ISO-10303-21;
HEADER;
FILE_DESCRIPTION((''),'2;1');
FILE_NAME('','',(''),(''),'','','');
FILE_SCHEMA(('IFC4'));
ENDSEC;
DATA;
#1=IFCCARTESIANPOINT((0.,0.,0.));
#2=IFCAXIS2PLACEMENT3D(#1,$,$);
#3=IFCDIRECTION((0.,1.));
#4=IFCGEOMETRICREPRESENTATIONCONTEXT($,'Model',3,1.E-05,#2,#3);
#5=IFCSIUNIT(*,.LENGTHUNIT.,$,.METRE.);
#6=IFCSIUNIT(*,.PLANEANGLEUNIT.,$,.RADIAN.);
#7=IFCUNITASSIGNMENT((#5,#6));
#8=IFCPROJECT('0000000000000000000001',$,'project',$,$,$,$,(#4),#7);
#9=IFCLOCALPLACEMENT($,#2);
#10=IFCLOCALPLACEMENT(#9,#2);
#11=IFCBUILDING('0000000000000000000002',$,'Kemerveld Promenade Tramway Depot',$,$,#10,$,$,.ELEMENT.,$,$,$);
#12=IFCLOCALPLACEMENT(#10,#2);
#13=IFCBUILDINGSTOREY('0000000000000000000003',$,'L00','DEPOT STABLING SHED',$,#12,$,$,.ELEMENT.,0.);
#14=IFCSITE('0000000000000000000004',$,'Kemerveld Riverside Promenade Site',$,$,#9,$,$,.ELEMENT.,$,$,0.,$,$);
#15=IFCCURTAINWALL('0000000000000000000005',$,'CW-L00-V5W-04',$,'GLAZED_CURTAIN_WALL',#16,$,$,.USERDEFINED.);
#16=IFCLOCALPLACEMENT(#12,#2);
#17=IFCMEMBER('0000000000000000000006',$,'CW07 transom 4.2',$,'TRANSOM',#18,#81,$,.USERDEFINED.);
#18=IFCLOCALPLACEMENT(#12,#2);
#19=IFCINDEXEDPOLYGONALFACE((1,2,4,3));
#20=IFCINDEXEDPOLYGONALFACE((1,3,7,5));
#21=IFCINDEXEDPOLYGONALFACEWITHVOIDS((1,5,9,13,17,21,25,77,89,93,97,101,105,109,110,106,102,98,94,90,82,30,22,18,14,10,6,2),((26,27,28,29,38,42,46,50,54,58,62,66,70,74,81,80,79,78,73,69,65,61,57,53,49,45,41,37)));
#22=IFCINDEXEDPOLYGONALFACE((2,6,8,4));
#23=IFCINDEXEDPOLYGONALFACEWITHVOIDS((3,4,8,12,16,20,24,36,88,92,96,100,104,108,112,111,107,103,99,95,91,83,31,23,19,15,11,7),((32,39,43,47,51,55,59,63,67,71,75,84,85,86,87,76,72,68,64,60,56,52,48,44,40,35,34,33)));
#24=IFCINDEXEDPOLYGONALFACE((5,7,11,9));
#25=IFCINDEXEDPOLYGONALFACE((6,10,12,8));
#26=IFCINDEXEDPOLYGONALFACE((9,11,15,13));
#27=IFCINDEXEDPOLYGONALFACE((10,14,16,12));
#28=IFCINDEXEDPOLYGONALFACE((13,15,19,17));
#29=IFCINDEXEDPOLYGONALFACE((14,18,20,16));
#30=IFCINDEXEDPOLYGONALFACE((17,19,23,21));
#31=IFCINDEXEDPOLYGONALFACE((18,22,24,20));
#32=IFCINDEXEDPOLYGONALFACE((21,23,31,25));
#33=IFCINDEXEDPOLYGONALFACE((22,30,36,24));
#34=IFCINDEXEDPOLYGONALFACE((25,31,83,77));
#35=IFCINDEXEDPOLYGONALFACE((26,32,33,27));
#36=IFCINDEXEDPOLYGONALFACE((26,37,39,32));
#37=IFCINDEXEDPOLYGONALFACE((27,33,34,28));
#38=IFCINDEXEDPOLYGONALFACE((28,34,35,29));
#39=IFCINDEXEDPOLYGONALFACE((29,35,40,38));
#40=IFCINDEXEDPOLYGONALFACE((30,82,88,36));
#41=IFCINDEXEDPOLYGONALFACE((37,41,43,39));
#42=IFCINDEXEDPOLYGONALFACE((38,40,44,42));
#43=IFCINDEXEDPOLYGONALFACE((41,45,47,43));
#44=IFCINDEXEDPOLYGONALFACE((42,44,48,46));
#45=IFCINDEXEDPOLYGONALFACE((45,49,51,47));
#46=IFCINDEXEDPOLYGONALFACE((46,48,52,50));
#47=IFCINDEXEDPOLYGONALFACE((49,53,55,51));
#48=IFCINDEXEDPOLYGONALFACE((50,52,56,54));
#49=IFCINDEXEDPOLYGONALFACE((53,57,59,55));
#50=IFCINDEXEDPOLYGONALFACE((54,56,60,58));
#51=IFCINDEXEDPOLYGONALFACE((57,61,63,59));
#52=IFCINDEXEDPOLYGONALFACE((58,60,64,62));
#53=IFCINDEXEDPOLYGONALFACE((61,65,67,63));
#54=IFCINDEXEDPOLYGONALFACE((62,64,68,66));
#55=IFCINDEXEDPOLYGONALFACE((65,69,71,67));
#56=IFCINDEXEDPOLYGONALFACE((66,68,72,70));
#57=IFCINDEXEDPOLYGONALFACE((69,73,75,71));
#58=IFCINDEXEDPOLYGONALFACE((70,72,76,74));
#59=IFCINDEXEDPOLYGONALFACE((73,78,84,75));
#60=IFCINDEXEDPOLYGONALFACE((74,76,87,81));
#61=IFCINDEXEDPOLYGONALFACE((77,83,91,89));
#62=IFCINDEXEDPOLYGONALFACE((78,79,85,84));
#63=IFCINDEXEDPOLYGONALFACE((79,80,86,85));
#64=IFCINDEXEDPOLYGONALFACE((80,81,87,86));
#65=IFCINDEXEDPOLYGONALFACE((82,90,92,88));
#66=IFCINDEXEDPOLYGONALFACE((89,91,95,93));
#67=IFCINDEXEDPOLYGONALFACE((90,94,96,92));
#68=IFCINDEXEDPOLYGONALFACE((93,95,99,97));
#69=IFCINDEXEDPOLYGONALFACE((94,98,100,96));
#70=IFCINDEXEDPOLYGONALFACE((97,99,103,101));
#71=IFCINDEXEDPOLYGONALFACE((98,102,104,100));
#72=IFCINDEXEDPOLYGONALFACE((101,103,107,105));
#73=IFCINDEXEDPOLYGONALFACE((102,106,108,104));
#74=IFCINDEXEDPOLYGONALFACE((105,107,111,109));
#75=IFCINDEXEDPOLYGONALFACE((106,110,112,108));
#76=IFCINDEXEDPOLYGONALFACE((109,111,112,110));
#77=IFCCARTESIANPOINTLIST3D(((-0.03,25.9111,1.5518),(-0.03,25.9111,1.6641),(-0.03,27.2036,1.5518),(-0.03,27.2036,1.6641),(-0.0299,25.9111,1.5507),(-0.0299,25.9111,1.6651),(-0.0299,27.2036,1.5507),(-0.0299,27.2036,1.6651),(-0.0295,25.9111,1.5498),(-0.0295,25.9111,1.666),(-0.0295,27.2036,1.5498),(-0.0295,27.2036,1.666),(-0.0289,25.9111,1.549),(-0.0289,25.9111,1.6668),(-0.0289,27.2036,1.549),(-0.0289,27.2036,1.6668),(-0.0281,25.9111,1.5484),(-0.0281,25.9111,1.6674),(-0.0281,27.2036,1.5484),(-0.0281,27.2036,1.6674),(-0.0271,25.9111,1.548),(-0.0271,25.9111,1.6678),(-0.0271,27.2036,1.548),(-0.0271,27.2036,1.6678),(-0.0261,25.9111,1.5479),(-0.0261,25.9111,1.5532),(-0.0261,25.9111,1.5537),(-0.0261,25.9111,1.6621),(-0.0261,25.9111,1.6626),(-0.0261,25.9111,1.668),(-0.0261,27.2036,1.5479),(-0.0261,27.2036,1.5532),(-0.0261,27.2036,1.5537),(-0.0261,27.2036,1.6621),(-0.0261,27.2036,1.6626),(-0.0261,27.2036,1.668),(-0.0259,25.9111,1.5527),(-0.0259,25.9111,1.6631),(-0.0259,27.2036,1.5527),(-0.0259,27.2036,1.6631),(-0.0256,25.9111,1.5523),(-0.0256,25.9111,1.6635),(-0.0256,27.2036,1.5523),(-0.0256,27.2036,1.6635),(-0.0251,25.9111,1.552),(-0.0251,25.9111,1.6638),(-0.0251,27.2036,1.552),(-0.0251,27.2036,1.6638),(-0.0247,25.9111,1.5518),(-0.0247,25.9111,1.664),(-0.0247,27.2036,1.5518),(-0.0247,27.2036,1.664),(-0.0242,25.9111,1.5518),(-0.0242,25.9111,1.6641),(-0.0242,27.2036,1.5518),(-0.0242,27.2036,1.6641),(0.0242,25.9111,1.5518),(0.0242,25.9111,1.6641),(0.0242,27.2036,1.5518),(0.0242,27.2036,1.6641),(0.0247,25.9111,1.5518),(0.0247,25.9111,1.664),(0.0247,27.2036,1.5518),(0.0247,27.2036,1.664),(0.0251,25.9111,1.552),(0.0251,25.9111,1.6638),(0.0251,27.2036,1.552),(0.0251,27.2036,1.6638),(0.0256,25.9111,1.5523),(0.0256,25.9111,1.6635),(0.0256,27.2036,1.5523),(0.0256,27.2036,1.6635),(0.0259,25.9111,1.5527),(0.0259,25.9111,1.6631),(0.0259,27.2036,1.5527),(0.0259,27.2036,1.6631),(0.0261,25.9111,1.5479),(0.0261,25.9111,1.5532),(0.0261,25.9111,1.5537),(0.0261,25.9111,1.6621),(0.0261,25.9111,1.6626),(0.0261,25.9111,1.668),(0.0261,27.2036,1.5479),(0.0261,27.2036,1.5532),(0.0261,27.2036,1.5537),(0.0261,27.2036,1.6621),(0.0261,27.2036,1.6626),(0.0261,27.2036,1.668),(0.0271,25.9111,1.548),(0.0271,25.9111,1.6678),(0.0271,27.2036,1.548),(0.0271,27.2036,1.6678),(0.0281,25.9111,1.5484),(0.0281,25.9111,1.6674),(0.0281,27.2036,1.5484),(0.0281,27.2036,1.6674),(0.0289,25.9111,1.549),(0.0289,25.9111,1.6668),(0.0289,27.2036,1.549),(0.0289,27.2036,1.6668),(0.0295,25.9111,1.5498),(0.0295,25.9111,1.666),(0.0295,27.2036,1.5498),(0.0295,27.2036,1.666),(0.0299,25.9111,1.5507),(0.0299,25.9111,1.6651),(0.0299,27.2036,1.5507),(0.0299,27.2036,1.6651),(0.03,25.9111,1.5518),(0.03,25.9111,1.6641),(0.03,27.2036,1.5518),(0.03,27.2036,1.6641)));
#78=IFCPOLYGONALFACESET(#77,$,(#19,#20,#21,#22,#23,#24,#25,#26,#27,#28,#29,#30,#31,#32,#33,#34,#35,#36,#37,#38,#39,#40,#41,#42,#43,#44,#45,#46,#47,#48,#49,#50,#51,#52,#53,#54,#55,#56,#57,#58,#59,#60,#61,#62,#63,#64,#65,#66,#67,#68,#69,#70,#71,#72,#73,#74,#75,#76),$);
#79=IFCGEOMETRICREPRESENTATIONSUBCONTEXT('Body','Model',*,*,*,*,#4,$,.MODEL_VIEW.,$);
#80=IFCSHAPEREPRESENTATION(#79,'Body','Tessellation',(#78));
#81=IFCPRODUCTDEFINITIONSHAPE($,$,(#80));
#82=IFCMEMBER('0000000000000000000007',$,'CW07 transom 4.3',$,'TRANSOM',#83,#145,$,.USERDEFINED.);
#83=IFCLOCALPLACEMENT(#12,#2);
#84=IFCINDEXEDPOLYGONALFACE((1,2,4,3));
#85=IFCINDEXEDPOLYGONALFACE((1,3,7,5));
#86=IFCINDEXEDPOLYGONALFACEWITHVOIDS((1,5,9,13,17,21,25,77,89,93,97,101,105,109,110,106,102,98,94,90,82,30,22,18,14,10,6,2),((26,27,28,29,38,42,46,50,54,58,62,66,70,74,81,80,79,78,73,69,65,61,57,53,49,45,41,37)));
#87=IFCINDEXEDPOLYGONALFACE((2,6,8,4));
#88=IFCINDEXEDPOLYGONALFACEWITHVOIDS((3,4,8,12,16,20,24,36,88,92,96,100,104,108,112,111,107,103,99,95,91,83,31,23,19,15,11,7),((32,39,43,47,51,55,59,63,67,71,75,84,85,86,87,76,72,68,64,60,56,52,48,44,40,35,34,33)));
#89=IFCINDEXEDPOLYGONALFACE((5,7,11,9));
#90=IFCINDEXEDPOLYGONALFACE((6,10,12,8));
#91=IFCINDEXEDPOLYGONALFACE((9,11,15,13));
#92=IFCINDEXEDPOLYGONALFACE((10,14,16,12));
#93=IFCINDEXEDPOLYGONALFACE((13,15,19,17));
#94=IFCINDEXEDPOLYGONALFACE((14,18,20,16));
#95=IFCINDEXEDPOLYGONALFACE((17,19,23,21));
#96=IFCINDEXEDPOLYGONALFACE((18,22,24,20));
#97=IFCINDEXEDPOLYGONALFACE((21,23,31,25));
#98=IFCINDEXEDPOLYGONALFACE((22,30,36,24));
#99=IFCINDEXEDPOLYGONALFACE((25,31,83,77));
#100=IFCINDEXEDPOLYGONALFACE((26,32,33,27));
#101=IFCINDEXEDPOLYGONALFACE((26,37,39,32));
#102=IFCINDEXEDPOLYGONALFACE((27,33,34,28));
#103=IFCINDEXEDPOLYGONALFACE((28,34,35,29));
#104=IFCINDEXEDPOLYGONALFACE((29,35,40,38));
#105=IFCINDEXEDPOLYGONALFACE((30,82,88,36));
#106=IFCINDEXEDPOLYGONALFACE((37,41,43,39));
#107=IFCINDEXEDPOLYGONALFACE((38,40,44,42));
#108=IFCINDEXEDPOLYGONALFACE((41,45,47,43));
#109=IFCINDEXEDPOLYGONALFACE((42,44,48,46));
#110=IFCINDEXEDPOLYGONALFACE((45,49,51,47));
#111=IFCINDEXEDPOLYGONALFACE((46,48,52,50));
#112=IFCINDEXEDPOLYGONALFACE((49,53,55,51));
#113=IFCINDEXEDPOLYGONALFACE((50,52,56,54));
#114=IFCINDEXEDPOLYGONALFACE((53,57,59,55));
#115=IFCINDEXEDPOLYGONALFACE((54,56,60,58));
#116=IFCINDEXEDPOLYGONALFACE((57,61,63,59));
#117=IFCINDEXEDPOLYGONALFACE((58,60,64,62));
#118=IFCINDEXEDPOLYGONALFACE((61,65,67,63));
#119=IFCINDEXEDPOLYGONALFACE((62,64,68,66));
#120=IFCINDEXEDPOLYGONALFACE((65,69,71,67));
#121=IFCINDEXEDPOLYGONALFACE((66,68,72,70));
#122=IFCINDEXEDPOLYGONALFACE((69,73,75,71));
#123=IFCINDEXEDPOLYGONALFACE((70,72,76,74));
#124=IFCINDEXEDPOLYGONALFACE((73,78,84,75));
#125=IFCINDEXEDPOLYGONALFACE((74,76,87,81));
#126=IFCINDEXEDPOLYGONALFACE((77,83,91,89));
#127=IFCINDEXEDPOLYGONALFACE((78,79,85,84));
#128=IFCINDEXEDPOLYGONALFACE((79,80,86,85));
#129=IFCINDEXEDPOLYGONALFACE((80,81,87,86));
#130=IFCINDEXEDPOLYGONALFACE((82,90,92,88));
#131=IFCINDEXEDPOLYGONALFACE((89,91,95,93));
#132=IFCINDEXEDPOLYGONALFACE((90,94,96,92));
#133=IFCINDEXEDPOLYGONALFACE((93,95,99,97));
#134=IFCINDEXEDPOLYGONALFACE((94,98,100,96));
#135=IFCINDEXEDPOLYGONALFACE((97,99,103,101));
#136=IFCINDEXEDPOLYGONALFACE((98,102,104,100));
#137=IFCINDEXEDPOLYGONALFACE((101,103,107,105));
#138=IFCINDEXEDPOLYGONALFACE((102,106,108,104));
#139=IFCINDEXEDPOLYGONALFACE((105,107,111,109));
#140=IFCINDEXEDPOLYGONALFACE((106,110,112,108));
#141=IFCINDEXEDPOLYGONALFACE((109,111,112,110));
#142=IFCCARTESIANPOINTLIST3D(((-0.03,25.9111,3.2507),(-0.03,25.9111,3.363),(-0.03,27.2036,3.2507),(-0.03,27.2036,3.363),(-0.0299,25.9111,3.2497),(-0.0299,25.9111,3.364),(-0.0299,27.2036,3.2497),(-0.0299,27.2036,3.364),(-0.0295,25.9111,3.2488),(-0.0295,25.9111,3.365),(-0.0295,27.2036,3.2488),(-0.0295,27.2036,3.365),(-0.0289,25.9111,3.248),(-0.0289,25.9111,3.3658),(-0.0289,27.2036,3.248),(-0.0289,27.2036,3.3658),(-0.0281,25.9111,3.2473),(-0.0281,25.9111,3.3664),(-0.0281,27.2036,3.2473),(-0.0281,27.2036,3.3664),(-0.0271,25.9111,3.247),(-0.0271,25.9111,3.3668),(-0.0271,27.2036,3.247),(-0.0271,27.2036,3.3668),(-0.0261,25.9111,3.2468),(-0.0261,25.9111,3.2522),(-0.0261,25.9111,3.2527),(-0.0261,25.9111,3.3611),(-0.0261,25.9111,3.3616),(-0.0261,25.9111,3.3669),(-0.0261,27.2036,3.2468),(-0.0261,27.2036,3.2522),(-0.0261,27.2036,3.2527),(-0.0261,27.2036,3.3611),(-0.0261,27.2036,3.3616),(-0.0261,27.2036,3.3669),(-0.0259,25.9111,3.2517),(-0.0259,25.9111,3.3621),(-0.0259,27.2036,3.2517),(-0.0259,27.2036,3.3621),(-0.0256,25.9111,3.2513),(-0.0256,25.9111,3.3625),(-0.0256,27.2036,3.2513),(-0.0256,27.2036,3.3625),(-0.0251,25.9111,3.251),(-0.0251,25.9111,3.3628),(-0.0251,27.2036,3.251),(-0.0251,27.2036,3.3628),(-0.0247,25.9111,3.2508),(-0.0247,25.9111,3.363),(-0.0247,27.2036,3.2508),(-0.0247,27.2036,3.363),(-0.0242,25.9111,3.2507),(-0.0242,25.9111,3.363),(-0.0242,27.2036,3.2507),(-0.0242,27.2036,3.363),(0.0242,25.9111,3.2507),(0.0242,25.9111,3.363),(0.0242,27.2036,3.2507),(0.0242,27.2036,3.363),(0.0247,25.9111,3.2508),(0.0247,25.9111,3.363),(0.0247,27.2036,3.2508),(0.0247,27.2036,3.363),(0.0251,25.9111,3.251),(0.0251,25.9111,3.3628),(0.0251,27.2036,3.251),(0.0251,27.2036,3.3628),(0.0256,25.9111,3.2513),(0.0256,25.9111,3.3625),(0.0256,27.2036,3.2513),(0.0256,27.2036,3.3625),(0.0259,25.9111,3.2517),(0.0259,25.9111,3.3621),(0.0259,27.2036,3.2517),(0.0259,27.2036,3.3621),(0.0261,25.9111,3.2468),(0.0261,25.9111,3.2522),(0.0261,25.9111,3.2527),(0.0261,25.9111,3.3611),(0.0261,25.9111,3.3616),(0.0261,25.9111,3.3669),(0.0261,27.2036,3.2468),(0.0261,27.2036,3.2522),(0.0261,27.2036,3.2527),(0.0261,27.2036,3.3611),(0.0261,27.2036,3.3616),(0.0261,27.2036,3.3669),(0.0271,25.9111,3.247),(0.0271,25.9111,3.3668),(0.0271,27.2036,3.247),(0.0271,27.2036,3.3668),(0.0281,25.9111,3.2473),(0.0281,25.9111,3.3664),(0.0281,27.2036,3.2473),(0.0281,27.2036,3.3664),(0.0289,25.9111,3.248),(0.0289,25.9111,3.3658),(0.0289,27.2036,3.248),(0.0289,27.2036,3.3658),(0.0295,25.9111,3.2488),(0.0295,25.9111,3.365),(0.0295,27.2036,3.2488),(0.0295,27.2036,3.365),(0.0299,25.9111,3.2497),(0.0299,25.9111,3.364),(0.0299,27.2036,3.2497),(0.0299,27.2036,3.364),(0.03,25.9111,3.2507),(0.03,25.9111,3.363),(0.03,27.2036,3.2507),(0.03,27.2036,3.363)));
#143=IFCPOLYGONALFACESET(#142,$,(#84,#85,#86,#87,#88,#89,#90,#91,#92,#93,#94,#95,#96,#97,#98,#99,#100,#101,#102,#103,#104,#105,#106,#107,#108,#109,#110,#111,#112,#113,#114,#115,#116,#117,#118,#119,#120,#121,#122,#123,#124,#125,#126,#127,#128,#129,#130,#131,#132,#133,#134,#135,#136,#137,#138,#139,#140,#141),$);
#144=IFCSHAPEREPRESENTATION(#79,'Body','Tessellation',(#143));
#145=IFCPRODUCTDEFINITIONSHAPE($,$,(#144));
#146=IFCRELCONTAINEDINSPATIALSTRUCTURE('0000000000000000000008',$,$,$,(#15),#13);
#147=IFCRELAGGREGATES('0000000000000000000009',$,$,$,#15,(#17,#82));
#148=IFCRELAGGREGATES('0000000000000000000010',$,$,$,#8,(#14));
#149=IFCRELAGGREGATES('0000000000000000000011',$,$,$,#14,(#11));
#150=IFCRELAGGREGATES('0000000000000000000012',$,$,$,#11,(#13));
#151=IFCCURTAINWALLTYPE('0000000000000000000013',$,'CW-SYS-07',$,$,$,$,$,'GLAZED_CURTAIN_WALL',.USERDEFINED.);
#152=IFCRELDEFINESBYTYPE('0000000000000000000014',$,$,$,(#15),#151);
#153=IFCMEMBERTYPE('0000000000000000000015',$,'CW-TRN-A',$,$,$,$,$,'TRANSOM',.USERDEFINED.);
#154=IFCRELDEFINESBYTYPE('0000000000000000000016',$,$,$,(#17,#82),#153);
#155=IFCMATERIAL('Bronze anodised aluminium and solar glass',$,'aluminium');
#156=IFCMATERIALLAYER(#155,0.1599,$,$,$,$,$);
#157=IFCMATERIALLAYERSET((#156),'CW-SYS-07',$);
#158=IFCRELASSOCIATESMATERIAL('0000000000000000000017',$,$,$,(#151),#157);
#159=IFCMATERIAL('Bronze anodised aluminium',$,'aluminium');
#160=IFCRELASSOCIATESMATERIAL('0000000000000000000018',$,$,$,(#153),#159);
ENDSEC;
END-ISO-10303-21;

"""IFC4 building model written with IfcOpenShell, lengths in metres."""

from ifc_helpers import new_model, si_unit, direction, frame, origin, origin_2d, place, context, subcontext, project, spatial, hollow_rectangle, extrude, material, layer, layer_set, material_profile, profile_set, type_object, element, aggregate, save


model = new_model("IFC4")

# Units and contexts
model_context = context("Model", 3, precision=1e-05, world=origin(), true_north=direction((0.0, 1.0)))
body_context = subcontext(model_context, "Body", "Model", "MODEL_VIEW")
ifc_project = project(units=[si_unit("LENGTHUNIT", "METRE"), si_unit("PLANEANGLEUNIT", "RADIAN")], contexts=[model_context])

# Site, building, storey
site_placement = place(None, origin())
site = spatial("IfcSite", under=ifc_project, at=site_placement, Name="Kemerveld Riverside Promenade Site", CompositionType="ELEMENT", RefElevation=0.0)
building_placement = place(site_placement, origin())
building = spatial("IfcBuilding", under=site, at=building_placement, Name="Kemerveld Promenade Tramway Depot", CompositionType="ELEMENT")
storey_placement = place(building_placement, origin())
storey = spatial("IfcBuildingStorey", under=building, at=storey_placement, Name="L00", Description="DEPOT STABLING SHED", CompositionType="ELEMENT", Elevation=0.0)

# Curtain wall, members
ifc_material_1 = material(Name="Bronze anodised aluminium and solar glass", Category="aluminium")
ifc_layer_1 = layer(ifc_material_1, 0.1599)
ifc_layer_set_1 = layer_set([ifc_layer_1], Name="CW-SYS-07")
curtain_wall_type = type_object("IfcCurtainWallType", Name="CW-SYS-07", ElementType="GLAZED_CURTAIN_WALL", PredefinedType="USERDEFINED", material=ifc_layer_set_1)
curtain_wall_placement = place(storey_placement, origin())
curtain_wall = element("IfcCurtainWall", 1, at=curtain_wall_placement, inside=storey, type_object=curtain_wall_type, Name="CW-L00-V5W-04", ObjectType="GLAZED_CURTAIN_WALL", PredefinedType="USERDEFINED")
ifc_material_2 = material(Name="Bronze anodised aluminium", Category="aluminium")
ifc_material_profile_1 = material_profile(ifc_material_2, hollow_rectangle(XDim=0.0601, YDim=0.1201, WallThickness=0.0039, InnerFilletRadius=0.002, OuterFilletRadius=0.0039, at=origin_2d()), Name="CW-TRN-120x60")
ifc_profile_set_1 = profile_set([ifc_material_profile_1], Name="Bronze anodised aluminium")
member_type_1 = type_object("IfcMemberType", Name="CW-TRN-A", ElementType="TRANSOM", PredefinedType="USERDEFINED", material=ifc_profile_set_1)
member_1_placement = place(storey_placement, frame((0.0, 25.9111, 1.6079), z_axis=(0.0, 1.0, 0.0), x_axis=(-1.0, 0.0, 0.0)))
member_1 = element("IfcMember", 2, at=member_1_placement, type_object=member_type_1, Name="CW07 transom 4.2", ObjectType="TRANSOM", PredefinedType="USERDEFINED", context=body_context, shape_type="SweptSolid", body=[
    extrude(hollow_rectangle(XDim=0.0601, YDim=0.1201, WallThickness=0.0039, InnerFilletRadius=0.002, OuterFilletRadius=0.0039, at=origin_2d()), origin(), (0.0, 0.0, 1.0), 1.2925),
])
member_2_placement = place(storey_placement, frame((0.0, 25.9111, 3.3069), z_axis=(0.0, 1.0, 0.0), x_axis=(-1.0, 0.0, 0.0)))
member_2 = element("IfcMember", 3, at=member_2_placement, type_object=member_type_1, Name="CW07 transom 4.3", ObjectType="TRANSOM", PredefinedType="USERDEFINED", context=body_context, shape_type="SweptSolid", body=[
    extrude(hollow_rectangle(XDim=0.0601, YDim=0.1201, WallThickness=0.0039, InnerFilletRadius=0.002, OuterFilletRadius=0.0039, at=origin_2d()), origin(), (0.0, 0.0, 1.0), 1.2925),
])
aggregate(curtain_wall, [member_1, member_2])

save(model, "model.ifc")
